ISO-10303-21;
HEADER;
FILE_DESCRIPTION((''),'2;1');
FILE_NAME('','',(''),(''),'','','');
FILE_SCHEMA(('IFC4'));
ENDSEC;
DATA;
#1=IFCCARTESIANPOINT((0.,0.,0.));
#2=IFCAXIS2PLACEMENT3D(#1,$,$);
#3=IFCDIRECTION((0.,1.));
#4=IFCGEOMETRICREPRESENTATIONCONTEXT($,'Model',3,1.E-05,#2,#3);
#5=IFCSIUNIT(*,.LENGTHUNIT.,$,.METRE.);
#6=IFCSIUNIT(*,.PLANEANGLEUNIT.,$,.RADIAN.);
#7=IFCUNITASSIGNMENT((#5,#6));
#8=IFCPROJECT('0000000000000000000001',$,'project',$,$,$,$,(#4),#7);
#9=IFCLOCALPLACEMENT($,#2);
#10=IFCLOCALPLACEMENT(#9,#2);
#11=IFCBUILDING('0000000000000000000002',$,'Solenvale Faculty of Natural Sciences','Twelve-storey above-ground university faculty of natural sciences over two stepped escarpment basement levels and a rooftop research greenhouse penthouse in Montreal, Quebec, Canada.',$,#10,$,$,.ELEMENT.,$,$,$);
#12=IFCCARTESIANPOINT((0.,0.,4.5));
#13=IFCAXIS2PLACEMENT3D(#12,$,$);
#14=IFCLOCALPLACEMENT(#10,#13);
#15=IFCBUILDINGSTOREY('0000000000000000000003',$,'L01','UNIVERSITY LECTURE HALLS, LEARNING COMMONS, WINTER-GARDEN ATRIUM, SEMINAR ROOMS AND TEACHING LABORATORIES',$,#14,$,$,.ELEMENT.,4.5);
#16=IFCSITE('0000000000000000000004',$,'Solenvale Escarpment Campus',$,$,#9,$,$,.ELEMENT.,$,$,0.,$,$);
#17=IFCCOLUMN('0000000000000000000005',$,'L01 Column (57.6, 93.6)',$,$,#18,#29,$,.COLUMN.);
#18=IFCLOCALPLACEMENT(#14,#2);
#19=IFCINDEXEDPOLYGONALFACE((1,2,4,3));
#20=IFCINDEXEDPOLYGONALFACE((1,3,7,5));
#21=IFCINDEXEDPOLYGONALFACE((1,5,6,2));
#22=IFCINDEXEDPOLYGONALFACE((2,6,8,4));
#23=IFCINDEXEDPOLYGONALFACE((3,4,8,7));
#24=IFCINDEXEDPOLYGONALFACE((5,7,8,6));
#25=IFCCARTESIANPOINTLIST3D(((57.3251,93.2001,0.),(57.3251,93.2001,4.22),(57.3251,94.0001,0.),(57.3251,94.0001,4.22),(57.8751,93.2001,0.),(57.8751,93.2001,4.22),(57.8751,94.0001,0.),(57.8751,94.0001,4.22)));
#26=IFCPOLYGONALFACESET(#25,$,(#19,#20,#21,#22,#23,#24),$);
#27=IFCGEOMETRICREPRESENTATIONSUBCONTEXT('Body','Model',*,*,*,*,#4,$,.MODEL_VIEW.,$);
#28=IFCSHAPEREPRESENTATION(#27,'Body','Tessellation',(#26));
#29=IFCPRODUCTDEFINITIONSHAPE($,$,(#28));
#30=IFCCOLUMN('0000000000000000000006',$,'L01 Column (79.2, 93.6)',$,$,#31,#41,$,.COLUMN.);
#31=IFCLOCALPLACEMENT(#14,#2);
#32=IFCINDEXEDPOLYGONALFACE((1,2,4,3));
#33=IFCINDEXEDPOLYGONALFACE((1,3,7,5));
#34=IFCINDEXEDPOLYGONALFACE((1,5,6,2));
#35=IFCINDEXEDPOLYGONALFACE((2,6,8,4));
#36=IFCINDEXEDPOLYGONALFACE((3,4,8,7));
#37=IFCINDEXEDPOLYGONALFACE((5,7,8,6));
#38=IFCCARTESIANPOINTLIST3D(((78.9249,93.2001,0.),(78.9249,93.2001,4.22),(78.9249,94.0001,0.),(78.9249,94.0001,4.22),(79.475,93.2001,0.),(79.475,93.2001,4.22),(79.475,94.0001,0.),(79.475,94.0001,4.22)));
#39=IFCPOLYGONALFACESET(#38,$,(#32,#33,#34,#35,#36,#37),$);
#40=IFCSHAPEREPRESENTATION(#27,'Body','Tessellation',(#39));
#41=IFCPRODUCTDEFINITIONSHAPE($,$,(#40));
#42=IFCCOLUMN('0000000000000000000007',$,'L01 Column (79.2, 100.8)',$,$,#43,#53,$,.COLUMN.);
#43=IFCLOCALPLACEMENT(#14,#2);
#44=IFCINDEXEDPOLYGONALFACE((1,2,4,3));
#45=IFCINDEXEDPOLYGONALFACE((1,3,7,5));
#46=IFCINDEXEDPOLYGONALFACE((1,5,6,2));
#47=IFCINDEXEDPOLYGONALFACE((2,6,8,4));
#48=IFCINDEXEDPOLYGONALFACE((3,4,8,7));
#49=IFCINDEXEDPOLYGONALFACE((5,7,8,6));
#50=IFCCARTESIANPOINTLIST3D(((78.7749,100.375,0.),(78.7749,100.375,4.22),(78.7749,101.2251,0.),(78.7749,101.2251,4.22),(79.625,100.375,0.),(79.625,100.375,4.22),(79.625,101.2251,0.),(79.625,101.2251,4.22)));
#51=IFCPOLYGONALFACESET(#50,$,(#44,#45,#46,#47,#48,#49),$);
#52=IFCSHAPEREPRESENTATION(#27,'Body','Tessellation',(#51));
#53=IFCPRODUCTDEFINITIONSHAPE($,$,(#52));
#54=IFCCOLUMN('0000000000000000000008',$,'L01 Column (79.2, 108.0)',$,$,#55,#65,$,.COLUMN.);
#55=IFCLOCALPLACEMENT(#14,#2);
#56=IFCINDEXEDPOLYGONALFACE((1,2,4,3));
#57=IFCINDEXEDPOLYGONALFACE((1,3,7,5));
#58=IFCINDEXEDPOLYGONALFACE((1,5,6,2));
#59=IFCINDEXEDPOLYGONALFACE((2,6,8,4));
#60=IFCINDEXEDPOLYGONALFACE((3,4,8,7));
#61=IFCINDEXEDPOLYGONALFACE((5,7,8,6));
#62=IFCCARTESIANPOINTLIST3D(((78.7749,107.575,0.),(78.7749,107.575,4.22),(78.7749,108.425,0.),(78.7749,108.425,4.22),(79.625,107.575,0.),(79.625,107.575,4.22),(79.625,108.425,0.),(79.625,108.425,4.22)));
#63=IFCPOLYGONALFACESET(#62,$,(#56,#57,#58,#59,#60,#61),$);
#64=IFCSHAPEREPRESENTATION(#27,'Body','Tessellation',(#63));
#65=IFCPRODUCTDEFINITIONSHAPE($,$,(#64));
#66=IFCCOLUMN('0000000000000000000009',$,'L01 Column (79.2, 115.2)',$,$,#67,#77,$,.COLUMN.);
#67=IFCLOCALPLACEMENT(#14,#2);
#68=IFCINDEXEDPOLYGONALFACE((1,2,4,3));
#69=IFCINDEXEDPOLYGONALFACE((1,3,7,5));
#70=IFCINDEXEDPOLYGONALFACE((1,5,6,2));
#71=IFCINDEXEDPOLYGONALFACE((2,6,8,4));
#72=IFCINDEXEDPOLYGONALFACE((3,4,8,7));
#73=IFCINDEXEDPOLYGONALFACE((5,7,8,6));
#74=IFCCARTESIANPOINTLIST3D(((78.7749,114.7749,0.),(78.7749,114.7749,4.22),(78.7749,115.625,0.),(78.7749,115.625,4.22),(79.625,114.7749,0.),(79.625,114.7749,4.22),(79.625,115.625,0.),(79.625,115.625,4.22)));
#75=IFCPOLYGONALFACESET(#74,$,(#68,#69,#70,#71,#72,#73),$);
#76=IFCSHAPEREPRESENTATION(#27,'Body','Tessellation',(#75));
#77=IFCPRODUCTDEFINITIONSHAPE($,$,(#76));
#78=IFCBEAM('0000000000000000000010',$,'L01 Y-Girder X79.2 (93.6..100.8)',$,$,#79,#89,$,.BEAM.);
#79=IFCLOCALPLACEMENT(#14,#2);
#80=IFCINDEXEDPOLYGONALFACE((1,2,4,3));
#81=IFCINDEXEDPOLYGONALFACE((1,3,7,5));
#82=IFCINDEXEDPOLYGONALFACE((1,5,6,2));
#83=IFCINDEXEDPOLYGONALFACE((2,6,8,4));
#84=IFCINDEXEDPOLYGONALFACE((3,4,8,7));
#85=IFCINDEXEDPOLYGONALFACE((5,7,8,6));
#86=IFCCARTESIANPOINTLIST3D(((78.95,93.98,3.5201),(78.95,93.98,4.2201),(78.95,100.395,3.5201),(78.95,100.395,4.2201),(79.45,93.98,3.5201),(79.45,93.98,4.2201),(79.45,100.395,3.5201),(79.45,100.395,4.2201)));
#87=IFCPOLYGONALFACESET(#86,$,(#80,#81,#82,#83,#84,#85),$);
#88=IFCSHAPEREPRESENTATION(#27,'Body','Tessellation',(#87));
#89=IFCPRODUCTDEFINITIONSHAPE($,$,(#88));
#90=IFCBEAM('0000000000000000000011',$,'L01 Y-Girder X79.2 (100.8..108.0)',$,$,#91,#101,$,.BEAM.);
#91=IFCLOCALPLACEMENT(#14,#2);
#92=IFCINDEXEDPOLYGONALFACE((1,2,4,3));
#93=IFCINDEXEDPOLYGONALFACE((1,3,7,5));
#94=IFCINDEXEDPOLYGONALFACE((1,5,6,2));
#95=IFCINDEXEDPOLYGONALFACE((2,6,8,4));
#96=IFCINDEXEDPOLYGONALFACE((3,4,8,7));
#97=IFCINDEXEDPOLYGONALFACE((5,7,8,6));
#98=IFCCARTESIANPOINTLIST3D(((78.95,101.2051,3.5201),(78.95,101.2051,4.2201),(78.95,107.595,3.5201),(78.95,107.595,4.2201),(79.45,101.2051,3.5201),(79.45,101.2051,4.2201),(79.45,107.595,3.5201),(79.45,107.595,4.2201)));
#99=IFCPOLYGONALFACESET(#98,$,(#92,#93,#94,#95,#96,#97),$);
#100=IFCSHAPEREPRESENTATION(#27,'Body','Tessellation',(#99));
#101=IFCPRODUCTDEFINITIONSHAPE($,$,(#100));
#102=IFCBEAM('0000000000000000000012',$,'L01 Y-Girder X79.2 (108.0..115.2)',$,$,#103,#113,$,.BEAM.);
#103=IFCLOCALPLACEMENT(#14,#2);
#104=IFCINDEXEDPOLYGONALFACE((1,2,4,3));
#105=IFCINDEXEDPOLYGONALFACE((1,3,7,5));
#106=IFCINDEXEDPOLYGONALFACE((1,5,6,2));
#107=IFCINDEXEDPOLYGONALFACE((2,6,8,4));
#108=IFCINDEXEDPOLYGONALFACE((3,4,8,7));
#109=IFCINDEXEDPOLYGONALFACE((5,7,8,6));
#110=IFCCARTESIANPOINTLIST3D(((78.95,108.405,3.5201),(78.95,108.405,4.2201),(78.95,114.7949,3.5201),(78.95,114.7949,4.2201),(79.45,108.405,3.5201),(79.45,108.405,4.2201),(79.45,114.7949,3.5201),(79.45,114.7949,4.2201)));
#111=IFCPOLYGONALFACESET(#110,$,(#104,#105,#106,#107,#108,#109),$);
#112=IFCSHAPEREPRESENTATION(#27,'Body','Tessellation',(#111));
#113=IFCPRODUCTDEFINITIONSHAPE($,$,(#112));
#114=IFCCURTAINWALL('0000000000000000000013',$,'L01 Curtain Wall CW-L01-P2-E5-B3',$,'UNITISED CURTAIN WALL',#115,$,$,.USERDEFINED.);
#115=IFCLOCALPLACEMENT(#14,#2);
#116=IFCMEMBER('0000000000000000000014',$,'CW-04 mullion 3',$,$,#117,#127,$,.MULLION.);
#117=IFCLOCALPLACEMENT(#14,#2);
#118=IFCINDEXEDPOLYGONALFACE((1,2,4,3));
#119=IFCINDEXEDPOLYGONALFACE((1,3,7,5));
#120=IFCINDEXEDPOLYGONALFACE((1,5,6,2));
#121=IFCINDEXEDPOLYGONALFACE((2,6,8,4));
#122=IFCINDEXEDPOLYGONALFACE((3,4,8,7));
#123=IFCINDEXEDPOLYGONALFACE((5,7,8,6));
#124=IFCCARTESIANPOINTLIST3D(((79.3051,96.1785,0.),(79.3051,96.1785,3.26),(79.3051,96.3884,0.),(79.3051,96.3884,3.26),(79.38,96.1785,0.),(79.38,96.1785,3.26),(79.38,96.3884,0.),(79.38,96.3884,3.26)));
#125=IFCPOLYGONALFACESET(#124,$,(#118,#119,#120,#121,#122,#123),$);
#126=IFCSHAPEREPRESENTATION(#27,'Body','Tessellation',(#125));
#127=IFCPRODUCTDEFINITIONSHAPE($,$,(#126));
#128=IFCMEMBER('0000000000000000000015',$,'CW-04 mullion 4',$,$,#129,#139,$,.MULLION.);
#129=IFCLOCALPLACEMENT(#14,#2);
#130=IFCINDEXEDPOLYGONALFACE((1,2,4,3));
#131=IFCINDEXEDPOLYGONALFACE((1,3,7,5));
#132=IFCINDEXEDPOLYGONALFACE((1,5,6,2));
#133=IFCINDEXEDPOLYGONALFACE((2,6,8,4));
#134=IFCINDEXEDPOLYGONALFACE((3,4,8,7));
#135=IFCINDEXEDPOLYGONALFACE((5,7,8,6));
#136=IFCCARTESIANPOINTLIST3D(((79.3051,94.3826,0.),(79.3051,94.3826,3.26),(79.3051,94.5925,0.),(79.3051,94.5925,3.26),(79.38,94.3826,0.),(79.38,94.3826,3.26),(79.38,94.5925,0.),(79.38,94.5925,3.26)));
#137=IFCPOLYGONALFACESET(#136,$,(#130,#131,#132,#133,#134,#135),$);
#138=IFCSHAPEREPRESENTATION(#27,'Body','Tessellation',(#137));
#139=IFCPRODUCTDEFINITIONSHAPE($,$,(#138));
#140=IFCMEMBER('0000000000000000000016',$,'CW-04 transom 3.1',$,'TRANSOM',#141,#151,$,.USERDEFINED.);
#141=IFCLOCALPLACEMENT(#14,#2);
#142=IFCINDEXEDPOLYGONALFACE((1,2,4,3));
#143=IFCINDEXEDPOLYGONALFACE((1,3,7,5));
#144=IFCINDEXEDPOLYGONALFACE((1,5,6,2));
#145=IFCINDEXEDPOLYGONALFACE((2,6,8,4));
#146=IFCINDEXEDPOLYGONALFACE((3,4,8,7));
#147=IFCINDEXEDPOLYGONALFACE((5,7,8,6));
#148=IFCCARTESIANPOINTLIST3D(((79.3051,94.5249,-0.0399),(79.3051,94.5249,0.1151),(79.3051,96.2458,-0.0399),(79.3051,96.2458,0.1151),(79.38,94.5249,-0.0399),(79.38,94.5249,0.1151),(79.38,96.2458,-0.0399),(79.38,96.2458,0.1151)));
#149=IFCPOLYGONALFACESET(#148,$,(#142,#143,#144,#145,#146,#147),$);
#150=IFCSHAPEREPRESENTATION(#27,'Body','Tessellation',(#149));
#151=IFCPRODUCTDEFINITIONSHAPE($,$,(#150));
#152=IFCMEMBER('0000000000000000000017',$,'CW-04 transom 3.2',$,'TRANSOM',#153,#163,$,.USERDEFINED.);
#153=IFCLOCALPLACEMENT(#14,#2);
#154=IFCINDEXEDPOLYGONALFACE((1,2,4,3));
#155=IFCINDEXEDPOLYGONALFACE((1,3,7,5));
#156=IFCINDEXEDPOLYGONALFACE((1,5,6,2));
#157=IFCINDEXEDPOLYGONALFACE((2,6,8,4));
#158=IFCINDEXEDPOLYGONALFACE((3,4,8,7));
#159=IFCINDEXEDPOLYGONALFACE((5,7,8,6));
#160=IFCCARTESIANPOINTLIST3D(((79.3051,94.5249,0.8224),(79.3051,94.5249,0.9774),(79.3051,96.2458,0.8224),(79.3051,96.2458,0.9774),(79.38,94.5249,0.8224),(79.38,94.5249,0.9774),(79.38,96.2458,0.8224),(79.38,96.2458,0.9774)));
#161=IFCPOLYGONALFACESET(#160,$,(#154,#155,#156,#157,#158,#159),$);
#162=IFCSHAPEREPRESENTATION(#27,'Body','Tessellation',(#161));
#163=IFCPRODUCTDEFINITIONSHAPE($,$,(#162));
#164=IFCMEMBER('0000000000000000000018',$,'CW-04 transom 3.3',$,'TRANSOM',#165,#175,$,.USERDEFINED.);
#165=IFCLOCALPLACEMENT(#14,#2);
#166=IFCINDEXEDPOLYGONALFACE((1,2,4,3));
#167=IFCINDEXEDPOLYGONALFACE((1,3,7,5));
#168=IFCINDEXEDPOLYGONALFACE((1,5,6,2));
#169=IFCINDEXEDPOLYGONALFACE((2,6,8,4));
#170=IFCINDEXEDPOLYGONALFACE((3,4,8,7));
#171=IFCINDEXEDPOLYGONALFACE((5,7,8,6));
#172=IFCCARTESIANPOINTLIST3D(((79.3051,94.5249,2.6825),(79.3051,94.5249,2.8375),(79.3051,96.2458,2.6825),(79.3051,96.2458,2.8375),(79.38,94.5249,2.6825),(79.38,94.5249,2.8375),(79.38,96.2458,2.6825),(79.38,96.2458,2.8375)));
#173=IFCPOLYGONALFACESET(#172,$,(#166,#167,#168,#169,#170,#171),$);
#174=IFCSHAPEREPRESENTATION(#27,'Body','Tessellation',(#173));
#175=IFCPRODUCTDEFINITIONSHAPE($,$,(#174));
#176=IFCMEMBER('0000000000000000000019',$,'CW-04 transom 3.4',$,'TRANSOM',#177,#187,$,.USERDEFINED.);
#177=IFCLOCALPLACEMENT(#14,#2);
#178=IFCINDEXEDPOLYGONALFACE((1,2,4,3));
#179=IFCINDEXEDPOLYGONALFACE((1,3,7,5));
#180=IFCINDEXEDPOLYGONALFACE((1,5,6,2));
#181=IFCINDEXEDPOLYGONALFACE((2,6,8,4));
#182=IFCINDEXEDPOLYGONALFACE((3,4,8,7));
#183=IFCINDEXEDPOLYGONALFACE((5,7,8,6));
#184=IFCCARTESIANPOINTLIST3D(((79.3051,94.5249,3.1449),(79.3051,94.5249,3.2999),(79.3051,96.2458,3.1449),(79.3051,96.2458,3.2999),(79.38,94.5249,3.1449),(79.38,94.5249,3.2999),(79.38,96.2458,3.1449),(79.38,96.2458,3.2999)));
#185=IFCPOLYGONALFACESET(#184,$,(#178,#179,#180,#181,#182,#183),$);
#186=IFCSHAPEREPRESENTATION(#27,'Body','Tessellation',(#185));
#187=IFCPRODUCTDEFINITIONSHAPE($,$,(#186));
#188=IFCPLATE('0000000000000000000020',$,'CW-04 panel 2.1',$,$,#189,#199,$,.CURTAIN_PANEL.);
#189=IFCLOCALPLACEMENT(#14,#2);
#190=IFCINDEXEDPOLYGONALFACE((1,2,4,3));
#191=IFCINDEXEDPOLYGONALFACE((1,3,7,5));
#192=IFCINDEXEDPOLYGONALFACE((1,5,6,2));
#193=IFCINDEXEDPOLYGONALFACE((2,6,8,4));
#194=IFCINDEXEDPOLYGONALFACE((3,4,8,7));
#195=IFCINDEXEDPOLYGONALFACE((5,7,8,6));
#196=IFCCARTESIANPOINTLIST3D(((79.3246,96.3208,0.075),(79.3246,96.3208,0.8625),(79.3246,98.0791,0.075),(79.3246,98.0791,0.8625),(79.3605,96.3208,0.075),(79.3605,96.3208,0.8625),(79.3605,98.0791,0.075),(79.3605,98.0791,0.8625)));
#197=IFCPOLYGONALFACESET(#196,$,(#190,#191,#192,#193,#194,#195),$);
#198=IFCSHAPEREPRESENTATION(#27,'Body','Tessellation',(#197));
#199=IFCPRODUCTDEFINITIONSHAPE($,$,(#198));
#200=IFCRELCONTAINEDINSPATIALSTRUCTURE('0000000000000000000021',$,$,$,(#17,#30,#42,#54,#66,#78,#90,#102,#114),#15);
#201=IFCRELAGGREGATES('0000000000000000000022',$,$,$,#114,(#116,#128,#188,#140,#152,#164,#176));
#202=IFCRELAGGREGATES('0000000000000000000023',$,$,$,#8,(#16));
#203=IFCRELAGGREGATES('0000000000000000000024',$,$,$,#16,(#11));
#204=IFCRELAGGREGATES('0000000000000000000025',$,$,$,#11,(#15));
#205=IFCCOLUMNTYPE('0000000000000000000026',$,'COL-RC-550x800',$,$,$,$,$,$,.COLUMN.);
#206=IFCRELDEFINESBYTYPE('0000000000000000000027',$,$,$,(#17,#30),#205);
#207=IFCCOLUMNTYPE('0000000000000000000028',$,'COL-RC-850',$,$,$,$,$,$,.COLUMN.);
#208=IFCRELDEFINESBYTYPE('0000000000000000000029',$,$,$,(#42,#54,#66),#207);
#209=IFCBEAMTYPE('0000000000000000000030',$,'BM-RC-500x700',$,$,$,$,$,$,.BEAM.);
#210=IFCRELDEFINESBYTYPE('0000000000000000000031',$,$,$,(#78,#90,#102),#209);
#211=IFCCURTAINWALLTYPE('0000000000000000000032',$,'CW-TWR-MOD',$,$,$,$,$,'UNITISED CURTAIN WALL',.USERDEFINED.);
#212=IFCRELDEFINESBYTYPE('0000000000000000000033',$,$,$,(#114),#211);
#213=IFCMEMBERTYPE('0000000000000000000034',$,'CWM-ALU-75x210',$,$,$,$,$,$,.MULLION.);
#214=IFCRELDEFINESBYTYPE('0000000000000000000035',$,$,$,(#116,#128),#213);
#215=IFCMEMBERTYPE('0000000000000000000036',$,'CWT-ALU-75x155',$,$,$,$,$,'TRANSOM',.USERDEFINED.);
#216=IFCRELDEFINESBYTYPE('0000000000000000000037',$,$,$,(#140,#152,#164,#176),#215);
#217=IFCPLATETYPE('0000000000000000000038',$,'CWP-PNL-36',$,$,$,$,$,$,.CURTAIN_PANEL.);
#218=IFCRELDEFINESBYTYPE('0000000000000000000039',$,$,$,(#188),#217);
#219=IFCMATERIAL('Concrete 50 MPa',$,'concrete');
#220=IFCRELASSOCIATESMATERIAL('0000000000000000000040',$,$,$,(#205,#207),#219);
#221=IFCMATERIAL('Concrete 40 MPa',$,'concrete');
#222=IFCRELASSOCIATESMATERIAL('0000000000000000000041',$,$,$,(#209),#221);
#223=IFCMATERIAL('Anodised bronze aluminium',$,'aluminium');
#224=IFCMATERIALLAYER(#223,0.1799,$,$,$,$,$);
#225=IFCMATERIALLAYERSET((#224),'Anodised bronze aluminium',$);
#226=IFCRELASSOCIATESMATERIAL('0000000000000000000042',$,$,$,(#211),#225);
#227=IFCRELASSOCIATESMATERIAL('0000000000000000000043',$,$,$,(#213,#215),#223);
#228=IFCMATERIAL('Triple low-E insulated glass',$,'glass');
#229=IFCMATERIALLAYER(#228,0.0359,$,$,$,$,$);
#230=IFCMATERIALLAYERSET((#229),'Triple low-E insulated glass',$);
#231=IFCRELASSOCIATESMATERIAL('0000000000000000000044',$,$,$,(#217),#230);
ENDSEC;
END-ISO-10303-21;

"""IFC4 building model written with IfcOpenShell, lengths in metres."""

from ifc_helpers import new_model, si_unit, direction, frame, origin, origin_2d, place, context, subcontext, project, spatial, rectangle, extrude, material, layer, layer_set, material_profile, profile_set, type_object, element, aggregate, save


model = new_model("IFC4")

# Units and contexts
model_context = context("Model", 3, precision=1e-05, world=origin(), true_north=direction((0.0, 1.0)))
body_context = subcontext(model_context, "Body", "Model", "MODEL_VIEW")
ifc_project = project(units=[si_unit("LENGTHUNIT", "METRE"), si_unit("PLANEANGLEUNIT", "RADIAN")], contexts=[model_context])

# Site, building, storey
site_placement = place(None, origin())
site = spatial("IfcSite", under=ifc_project, at=site_placement, Name="Solenvale Escarpment Campus", CompositionType="ELEMENT", RefElevation=0.0)
building_placement = place(site_placement, origin())
building = spatial("IfcBuilding", under=site, at=building_placement, Name="Solenvale Faculty of Natural Sciences", Description="Twelve-storey above-ground university faculty of natural sciences over two stepped escarpment basement levels and a rooftop research greenhouse penthouse in Montreal, Quebec, Canada.", CompositionType="ELEMENT")
storey_placement = place(building_placement, frame((0.0, 0.0, 4.5)))
storey = spatial("IfcBuildingStorey", under=building, at=storey_placement, Name="L01", Description="UNIVERSITY LECTURE HALLS, LEARNING COMMONS, WINTER-GARDEN ATRIUM, SEMINAR ROOMS AND TEACHING LABORATORIES", CompositionType="ELEMENT", Elevation=4.5)

# Columns
ifc_material_1 = material(Name="Concrete 50 MPa", Category="concrete")
ifc_material_profile_1 = material_profile(ifc_material_1, rectangle(XDim=0.55, YDim=0.8, at=origin_2d()), Name="RC-COL-550x800")
ifc_profile_set_1 = profile_set([ifc_material_profile_1], Name="Concrete 50 MPa")
column_type_1 = type_object("IfcColumnType", Name="COL-RC-550x800", PredefinedType="COLUMN", material=ifc_profile_set_1)
for number, where, z_axis, x_axis, name in (
    (1, (57.6001, 93.6001, 0.0), (0.0, 0.0, 1.0), (1.0, 0.0, 0.0), "L01 Column (57.6, 93.6)"),
    (2, (79.2, 93.6001, 0.0), (0.0, 0.0, 1.0), (1.0, 0.0, 0.0), "L01 Column (79.2, 93.6)"),
):
    element("IfcColumn", number, at=place(storey_placement, frame(where, z_axis=z_axis, x_axis=x_axis)), inside=storey, type_object=column_type_1, Name=name, PredefinedType="COLUMN", context=body_context, shape_type="SweptSolid", body=[
        extrude(rectangle(XDim=0.55, YDim=0.8, at=origin_2d()), origin(), (0.0, 0.0, 1.0), 4.22),
    ])
ifc_material_profile_2 = material_profile(ifc_material_1, rectangle(XDim=0.8501, YDim=0.8501, at=origin_2d()), Name="RC-COL-850x850")
ifc_profile_set_2 = profile_set([ifc_material_profile_2], Name="Concrete 50 MPa")
column_type_2 = type_object("IfcColumnType", Name="COL-RC-850", PredefinedType="COLUMN", material=ifc_profile_set_2)
for number, where, z_axis, x_axis, name in (
    (3, (79.2, 100.8, 0.0), (0.0, 0.0, 1.0), (1.0, 0.0, 0.0), "L01 Column (79.2, 100.8)"),
    (4, (79.2, 108.0, 0.0), (0.0, 0.0, 1.0), (1.0, 0.0, 0.0), "L01 Column (79.2, 108.0)"),
    (5, (79.2, 115.2, 0.0), (0.0, 0.0, 1.0), (1.0, 0.0, 0.0), "L01 Column (79.2, 115.2)"),
):
    element("IfcColumn", number, at=place(storey_placement, frame(where, z_axis=z_axis, x_axis=x_axis)), inside=storey, type_object=column_type_2, Name=name, PredefinedType="COLUMN", context=body_context, shape_type="SweptSolid", body=[
        extrude(rectangle(XDim=0.8501, YDim=0.8501, at=origin_2d()), origin(), (0.0, 0.0, 1.0), 4.22),
    ])

# Beams
ifc_material_2 = material(Name="Concrete 40 MPa", Category="concrete")
ifc_material_profile_3 = material_profile(ifc_material_2, rectangle(XDim=0.5, YDim=0.7, at=origin_2d()), Name="RC-BM-500x700")
ifc_profile_set_3 = profile_set([ifc_material_profile_3], Name="Concrete 40 MPa")
beam_type = type_object("IfcBeamType", Name="BM-RC-500x700", PredefinedType="BEAM", material=ifc_profile_set_3)
beam_placement = place(storey_placement, frame((79.2, 93.98, 3.8701), z_axis=(0.0, 1.0, 0.0), x_axis=(-1.0, 0.0, 0.0)))
element("IfcBeam", 6, at=beam_placement, inside=storey, type_object=beam_type, Name="L01 Y-Girder X79.2 (93.6..100.8)", PredefinedType="BEAM", context=body_context, shape_type="SweptSolid", body=[
    extrude(rectangle(XDim=0.5, YDim=0.7, at=origin_2d()), origin(), (0.0, 0.0, 1.0), 6.415),
])
for number, where, z_axis, x_axis, name in (
    (7, (79.2, 101.2051, 3.8701), (0.0, 1.0, 0.0), (-1.0, 0.0, 0.0), "L01 Y-Girder X79.2 (100.8..108.0)"),
    (8, (79.2, 108.405, 3.8701), (0.0, 1.0, 0.0), (-1.0, 0.0, 0.0), "L01 Y-Girder X79.2 (108.0..115.2)"),
):
    element("IfcBeam", number, at=place(storey_placement, frame(where, z_axis=z_axis, x_axis=x_axis)), inside=storey, type_object=beam_type, Name=name, PredefinedType="BEAM", context=body_context, shape_type="SweptSolid", body=[
        extrude(rectangle(XDim=0.5, YDim=0.7, at=origin_2d()), origin(), (0.0, 0.0, 1.0), 6.3899),
    ])

# Curtain wall, members, plate
ifc_material_3 = material(Name="Anodised bronze aluminium", Category="aluminium")
ifc_layer_1 = layer(ifc_material_3, 0.1799)
ifc_layer_set_1 = layer_set([ifc_layer_1], Name="Anodised bronze aluminium")
curtain_wall_type = type_object("IfcCurtainWallType", Name="CW-TWR-MOD", ElementType="UNITISED CURTAIN WALL", PredefinedType="USERDEFINED", material=ifc_layer_set_1)
curtain_wall_placement = place(storey_placement, origin())
curtain_wall = element("IfcCurtainWall", 9, at=curtain_wall_placement, inside=storey, type_object=curtain_wall_type, Name="L01 Curtain Wall CW-L01-P2-E5-B3", ObjectType="UNITISED CURTAIN WALL", PredefinedType="USERDEFINED")
ifc_material_profile_4 = material_profile(ifc_material_3, rectangle(XDim=0.075, YDim=0.21, at=origin_2d()), Name="ALU-MUL-75x210")
ifc_profile_set_4 = profile_set([ifc_material_profile_4], Name="Anodised bronze aluminium")
member_type_1 = type_object("IfcMemberType", Name="CWM-ALU-75x210", PredefinedType="MULLION", material=ifc_profile_set_4)
member_1_placement = place(storey_placement, frame((79.3425, 96.2834, 0.0), z_axis=(0.0, 0.0, 1.0), x_axis=(1.0, 0.0, 0.0)))
member_1 = element("IfcMember", 10, at=member_1_placement, type_object=member_type_1, Name="CW-04 mullion 3", PredefinedType="MULLION", context=body_context, shape_type="SweptSolid", body=[
    extrude(rectangle(XDim=0.075, YDim=0.21, at=origin_2d()), origin(), (0.0, 0.0, 1.0), 3.26),
])
member_2_placement = place(storey_placement, frame((79.3425, 94.4875, 0.0), z_axis=(0.0, 0.0, 1.0), x_axis=(1.0, 0.0, 0.0)))
member_2 = element("IfcMember", 11, at=member_2_placement, type_object=member_type_1, Name="CW-04 mullion 4", PredefinedType="MULLION", context=body_context, shape_type="SweptSolid", body=[
    extrude(rectangle(XDim=0.075, YDim=0.21, at=origin_2d()), origin(), (0.0, 0.0, 1.0), 3.26),
])
ifc_material_profile_5 = material_profile(ifc_material_3, rectangle(XDim=0.075, YDim=0.155, at=origin_2d()), Name="ALU-TRN-75x155")
ifc_profile_set_5 = profile_set([ifc_material_profile_5], Name="Anodised bronze aluminium")
member_type_2 = type_object("IfcMemberType", Name="CWT-ALU-75x155", ElementType="TRANSOM", PredefinedType="USERDEFINED", material=ifc_profile_set_5)
member_3_placement = place(storey_placement, frame((79.3425, 96.2458, 0.0376), z_axis=(0.0, -1.0, 0.0), x_axis=(1.0, 0.0, 0.0)))
member_3 = element("IfcMember", 12, at=member_3_placement, type_object=member_type_2, Name="CW-04 transom 3.1", ObjectType="TRANSOM", PredefinedType="USERDEFINED", context=body_context, shape_type="SweptSolid", body=[
    extrude(rectangle(XDim=0.075, YDim=0.155, at=origin_2d()), origin(), (0.0, 0.0, 1.0), 1.7209),
])
member_4_placement = place(storey_placement, frame((79.3425, 96.2458, 0.8999), z_axis=(0.0, -1.0, 0.0), x_axis=(1.0, 0.0, 0.0)))
member_4 = element("IfcMember", 13, at=member_4_placement, type_object=member_type_2, Name="CW-04 transom 3.2", ObjectType="TRANSOM", PredefinedType="USERDEFINED", context=body_context, shape_type="SweptSolid", body=[
    extrude(rectangle(XDim=0.075, YDim=0.155, at=origin_2d()), origin(), (0.0, 0.0, 1.0), 1.7209),
])
member_5_placement = place(storey_placement, frame((79.3425, 96.2458, 2.76), z_axis=(0.0, -1.0, 0.0), x_axis=(1.0, 0.0, 0.0)))
member_5 = element("IfcMember", 14, at=member_5_placement, type_object=member_type_2, Name="CW-04 transom 3.3", ObjectType="TRANSOM", PredefinedType="USERDEFINED", context=body_context, shape_type="SweptSolid", body=[
    extrude(rectangle(XDim=0.075, YDim=0.155, at=origin_2d()), origin(), (0.0, 0.0, 1.0), 1.7209),
])
member_6_placement = place(storey_placement, frame((79.3425, 96.2458, 3.2224), z_axis=(0.0, -1.0, 0.0), x_axis=(1.0, 0.0, 0.0)))
member_6 = element("IfcMember", 15, at=member_6_placement, type_object=member_type_2, Name="CW-04 transom 3.4", ObjectType="TRANSOM", PredefinedType="USERDEFINED", context=body_context, shape_type="SweptSolid", body=[
    extrude(rectangle(XDim=0.075, YDim=0.155, at=origin_2d()), origin(), (0.0, 0.0, 1.0), 1.7209),
])
ifc_material_4 = material(Name="Triple low-E insulated glass", Category="glass")
ifc_layer_2 = layer(ifc_material_4, 0.0359)
ifc_layer_set_2 = layer_set([ifc_layer_2], Name="Triple low-E insulated glass")
plate_type = type_object("IfcPlateType", Name="CWP-PNL-36", PredefinedType="CURTAIN_PANEL", material=ifc_layer_set_2)
plate_1_placement = place(storey_placement, frame((79.3425, 97.2, 0.075), z_axis=(0.0, 0.0, 1.0), x_axis=(0.0, -1.0, 0.0)))
plate_1 = element("IfcPlate", 16, at=plate_1_placement, type_object=plate_type, Name="CW-04 panel 2.1", PredefinedType="CURTAIN_PANEL", context=body_context, shape_type="SweptSolid", body=[
    extrude(rectangle(XDim=1.7583, YDim=0.0359, at=origin_2d()), origin(), (0.0, 0.0, 1.0), 0.7876),
])
aggregate(curtain_wall, [member_1, member_2, plate_1, member_3, member_4, member_5, member_6])

save(model, "model.ifc")
